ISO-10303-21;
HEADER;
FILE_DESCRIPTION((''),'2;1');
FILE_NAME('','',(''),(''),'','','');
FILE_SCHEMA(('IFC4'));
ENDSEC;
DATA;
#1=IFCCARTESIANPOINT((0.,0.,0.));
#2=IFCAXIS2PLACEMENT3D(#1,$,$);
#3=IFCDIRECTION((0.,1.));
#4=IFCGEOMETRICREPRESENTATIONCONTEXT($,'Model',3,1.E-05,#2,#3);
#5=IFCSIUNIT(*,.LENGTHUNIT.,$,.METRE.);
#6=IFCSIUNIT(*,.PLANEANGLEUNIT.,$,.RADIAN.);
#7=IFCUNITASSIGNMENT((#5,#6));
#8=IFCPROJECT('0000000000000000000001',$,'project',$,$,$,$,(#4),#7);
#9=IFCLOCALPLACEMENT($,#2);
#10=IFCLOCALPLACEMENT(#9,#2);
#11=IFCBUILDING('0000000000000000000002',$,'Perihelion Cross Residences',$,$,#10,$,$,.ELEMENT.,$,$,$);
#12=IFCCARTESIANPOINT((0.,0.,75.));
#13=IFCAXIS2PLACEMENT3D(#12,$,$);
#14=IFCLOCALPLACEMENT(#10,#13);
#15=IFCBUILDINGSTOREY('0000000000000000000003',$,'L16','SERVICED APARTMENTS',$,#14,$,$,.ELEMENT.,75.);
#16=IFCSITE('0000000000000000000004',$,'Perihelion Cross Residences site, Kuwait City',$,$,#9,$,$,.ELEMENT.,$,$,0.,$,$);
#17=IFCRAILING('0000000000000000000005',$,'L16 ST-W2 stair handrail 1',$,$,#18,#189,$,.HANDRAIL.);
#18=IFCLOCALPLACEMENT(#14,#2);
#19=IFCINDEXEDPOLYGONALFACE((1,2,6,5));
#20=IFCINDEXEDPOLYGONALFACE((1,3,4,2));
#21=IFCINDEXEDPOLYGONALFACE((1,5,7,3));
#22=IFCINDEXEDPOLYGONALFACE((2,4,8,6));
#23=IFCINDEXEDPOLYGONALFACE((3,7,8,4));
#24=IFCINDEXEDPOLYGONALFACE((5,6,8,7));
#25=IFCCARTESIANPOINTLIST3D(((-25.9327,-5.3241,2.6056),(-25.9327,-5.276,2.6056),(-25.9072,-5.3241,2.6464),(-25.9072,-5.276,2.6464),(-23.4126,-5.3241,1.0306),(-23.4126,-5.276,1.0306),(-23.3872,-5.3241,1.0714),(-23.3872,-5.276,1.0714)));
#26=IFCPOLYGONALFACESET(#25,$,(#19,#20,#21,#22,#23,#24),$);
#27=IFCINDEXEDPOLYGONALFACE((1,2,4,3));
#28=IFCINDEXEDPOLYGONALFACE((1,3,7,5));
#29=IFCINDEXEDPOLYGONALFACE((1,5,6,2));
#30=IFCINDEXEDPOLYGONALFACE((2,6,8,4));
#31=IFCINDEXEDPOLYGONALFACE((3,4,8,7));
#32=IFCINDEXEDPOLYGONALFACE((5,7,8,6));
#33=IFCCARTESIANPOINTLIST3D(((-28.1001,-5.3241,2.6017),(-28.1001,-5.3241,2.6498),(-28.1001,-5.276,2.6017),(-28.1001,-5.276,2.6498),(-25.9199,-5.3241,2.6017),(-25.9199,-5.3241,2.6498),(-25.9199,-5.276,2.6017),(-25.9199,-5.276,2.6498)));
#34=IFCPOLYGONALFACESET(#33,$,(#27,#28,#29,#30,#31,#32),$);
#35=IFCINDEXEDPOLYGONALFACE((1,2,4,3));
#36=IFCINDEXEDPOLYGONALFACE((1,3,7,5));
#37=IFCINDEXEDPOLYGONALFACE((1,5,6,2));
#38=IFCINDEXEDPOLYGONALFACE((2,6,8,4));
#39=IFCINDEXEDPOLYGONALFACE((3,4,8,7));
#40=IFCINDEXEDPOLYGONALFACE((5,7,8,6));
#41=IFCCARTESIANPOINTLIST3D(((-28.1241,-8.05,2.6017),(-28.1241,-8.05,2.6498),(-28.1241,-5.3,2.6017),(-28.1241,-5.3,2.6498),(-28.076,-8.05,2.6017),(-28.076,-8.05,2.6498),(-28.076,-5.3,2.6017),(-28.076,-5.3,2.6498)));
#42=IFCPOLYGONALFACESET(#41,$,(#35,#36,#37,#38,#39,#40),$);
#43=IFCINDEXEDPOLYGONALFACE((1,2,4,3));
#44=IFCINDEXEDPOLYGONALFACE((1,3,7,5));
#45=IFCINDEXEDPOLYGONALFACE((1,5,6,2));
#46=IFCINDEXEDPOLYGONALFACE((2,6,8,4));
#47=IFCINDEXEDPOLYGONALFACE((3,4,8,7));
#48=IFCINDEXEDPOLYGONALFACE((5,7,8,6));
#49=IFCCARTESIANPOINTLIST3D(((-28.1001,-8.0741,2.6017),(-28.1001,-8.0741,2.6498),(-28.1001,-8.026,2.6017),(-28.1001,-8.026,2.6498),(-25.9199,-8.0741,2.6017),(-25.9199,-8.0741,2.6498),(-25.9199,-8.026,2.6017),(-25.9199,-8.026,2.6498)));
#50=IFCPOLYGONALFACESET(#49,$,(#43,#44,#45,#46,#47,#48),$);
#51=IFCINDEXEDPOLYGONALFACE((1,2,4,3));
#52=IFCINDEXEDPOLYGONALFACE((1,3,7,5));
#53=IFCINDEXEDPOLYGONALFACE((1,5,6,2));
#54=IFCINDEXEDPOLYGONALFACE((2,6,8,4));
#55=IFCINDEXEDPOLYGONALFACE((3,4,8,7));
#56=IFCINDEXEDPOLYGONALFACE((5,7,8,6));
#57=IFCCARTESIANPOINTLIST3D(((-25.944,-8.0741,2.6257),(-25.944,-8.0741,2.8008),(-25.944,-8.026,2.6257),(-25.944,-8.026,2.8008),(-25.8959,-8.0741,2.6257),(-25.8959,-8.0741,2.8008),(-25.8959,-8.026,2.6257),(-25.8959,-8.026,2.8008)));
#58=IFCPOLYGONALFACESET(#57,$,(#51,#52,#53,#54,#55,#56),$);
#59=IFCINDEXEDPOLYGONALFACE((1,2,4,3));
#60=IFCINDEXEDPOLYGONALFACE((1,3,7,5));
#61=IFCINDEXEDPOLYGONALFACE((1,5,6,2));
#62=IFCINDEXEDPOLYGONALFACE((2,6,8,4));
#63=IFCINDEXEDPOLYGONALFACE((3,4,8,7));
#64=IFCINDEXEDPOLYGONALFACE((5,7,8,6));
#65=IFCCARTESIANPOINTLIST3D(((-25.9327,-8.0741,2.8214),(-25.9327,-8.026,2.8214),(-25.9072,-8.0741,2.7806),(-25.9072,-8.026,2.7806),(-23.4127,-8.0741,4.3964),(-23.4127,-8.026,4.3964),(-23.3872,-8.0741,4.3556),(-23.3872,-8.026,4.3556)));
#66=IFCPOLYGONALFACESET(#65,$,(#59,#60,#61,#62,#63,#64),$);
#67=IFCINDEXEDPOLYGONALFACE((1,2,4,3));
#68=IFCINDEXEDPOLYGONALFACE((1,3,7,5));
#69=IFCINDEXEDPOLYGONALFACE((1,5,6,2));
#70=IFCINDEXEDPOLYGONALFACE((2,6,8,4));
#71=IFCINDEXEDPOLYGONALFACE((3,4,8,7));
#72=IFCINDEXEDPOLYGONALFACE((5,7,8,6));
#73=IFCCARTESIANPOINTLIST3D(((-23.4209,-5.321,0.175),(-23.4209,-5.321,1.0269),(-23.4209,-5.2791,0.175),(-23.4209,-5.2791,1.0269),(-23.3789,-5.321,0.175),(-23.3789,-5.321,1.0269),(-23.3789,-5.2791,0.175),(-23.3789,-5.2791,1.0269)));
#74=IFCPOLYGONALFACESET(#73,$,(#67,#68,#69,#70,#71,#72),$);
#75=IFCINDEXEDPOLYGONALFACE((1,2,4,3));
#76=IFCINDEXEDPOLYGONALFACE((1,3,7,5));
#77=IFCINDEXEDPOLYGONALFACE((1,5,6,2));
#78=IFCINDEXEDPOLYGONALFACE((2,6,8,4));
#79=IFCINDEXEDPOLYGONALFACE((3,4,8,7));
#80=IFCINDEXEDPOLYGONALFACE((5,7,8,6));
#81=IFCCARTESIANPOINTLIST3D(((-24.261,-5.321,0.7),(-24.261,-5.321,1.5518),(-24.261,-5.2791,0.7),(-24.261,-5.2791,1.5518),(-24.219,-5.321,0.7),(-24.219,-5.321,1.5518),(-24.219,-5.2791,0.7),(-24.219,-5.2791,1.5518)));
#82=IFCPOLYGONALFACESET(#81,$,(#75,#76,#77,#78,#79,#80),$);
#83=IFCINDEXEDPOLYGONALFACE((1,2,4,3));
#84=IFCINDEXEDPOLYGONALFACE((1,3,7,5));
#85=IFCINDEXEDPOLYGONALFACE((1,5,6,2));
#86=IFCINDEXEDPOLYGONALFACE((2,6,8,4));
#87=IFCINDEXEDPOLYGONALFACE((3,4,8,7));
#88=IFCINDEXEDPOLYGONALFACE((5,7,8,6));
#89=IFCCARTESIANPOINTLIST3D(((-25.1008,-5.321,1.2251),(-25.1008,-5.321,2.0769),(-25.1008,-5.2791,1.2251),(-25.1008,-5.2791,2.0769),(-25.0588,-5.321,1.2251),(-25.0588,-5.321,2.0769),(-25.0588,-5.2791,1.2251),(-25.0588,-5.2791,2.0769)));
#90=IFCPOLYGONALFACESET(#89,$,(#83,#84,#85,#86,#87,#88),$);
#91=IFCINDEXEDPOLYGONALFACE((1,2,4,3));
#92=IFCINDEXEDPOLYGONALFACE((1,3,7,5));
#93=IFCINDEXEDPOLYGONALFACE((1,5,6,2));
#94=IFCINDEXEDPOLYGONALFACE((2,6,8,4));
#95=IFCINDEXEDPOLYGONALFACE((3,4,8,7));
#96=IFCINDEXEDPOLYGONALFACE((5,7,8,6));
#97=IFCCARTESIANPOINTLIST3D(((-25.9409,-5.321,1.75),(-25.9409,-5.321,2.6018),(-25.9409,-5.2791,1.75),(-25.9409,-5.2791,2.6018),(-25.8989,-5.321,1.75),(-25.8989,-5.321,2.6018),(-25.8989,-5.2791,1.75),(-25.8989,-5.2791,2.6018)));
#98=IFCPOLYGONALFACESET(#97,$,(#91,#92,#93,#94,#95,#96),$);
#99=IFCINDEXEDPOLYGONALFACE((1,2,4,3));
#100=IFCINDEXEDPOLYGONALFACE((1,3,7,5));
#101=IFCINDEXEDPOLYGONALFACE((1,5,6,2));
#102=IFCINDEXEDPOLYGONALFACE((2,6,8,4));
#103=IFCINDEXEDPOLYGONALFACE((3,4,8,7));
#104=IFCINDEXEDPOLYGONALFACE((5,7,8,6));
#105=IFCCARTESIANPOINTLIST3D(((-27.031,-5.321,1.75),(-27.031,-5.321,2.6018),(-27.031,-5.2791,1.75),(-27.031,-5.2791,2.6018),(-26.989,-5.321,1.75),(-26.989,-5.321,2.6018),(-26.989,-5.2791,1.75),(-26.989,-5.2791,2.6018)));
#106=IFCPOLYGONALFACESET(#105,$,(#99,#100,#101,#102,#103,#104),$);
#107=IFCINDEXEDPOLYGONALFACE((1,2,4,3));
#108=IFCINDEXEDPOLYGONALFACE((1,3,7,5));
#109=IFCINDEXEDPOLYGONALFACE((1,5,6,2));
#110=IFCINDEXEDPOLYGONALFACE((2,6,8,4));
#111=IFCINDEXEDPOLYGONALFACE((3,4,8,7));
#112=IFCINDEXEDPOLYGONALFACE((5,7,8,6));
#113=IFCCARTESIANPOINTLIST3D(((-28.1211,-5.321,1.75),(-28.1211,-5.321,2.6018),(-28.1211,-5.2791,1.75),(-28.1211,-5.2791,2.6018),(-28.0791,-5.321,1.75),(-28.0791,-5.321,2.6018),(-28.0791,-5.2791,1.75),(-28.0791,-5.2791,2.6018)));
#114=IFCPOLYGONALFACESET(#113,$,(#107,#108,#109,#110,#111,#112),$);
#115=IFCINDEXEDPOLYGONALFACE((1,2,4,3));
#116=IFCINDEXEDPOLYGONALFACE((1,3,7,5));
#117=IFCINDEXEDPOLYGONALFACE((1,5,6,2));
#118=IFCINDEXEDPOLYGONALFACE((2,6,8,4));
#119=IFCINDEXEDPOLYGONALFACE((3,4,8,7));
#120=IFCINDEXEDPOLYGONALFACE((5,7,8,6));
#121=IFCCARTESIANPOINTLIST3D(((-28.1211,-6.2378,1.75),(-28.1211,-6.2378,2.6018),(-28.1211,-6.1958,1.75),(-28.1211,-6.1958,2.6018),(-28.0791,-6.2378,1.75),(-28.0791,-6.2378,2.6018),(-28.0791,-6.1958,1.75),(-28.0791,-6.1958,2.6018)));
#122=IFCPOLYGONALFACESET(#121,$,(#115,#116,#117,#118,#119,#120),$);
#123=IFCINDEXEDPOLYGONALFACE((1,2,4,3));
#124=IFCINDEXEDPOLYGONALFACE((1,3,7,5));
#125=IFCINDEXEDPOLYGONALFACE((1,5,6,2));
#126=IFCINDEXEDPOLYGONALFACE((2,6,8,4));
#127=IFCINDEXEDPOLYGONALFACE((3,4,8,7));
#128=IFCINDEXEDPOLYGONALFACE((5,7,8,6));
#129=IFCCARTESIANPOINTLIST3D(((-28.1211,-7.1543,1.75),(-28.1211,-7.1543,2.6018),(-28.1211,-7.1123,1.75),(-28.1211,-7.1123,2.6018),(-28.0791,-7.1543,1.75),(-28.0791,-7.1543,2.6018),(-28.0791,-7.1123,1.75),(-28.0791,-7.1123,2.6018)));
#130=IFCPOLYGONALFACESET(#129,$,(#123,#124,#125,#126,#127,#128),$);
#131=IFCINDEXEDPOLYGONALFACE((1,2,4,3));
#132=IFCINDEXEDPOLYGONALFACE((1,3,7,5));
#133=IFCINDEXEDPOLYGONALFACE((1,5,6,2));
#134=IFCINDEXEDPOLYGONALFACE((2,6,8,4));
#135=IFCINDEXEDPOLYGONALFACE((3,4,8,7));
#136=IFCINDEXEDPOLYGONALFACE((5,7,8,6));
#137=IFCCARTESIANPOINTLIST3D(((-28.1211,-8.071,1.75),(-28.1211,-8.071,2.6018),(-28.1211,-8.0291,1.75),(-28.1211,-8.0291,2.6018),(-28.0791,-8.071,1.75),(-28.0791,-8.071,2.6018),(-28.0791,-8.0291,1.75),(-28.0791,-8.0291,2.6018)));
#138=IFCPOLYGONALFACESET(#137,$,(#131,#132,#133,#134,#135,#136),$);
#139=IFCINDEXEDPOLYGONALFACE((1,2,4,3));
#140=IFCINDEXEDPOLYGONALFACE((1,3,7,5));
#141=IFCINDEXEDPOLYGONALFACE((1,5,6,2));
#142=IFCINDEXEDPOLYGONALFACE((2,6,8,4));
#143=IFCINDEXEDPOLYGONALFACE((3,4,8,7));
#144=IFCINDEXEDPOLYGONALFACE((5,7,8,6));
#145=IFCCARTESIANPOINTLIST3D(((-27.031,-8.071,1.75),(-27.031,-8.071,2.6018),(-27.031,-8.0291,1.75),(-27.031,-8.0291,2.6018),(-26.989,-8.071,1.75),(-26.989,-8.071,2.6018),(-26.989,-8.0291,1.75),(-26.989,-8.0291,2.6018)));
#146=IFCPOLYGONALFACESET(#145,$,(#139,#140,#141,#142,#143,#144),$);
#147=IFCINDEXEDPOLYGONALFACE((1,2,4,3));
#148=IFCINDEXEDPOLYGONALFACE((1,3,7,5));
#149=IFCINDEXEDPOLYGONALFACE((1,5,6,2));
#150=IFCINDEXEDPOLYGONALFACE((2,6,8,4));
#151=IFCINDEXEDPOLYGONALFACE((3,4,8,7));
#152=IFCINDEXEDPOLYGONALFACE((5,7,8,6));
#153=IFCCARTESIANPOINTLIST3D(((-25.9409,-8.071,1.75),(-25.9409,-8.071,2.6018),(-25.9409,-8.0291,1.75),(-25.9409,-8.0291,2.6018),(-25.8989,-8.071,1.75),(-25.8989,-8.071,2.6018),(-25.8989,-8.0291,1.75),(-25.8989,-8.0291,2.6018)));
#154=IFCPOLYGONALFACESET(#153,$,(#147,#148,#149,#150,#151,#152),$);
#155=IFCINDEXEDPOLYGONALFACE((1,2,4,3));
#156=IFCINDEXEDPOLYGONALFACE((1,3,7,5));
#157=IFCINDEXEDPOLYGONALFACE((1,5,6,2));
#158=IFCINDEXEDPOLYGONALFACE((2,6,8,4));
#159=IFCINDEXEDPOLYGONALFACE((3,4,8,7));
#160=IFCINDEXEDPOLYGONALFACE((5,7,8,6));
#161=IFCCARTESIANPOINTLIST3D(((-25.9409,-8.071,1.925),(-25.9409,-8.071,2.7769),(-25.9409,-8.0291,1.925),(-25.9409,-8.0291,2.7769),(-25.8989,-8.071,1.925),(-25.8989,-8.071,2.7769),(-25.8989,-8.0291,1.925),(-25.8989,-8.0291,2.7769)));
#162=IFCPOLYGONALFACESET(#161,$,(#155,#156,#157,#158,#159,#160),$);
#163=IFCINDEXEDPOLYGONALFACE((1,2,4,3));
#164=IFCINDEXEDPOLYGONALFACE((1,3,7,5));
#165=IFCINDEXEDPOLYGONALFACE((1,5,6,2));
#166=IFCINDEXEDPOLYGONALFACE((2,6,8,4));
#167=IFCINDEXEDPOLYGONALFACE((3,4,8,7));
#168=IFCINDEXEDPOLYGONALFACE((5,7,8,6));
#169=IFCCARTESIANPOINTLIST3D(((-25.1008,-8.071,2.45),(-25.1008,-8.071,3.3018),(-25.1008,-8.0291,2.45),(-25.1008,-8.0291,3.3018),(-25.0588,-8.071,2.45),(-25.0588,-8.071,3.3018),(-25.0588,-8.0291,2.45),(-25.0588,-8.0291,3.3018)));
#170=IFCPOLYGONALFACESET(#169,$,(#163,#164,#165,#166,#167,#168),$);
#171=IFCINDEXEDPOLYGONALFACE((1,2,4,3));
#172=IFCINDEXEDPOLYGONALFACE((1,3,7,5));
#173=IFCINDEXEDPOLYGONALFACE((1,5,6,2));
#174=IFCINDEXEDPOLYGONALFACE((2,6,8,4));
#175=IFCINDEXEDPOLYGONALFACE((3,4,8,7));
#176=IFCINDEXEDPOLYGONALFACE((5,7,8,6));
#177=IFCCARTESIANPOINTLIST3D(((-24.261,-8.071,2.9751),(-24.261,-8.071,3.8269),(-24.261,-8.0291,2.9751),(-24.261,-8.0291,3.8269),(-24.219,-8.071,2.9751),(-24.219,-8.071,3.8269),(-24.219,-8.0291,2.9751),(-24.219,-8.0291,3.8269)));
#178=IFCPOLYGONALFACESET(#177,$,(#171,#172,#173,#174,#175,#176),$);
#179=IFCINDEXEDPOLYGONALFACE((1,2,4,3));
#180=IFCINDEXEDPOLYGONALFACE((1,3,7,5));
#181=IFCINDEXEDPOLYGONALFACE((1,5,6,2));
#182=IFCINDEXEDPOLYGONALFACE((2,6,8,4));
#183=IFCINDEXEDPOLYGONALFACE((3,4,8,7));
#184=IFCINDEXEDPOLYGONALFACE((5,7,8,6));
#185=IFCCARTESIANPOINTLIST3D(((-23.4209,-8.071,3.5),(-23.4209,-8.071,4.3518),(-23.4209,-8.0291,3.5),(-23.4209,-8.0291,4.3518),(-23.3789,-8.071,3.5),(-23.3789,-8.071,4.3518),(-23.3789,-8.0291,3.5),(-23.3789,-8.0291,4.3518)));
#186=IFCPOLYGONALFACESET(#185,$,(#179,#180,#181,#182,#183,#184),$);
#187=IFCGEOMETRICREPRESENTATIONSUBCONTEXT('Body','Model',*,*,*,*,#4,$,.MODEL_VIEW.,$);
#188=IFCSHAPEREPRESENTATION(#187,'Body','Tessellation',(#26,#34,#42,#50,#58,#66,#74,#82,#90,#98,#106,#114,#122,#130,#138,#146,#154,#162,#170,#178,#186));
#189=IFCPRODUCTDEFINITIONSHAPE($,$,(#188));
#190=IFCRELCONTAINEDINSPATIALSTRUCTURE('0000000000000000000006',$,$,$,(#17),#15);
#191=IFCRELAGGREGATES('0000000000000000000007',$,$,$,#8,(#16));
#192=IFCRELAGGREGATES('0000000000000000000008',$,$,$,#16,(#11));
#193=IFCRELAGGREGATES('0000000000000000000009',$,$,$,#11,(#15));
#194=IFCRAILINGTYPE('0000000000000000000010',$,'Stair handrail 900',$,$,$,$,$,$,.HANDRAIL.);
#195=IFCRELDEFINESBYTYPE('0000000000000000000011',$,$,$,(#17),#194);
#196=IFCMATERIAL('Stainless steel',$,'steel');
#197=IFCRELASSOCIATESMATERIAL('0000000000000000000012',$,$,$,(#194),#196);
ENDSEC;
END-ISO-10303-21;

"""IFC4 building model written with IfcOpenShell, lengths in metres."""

from ifc_helpers import new_model, si_unit, direction, frame, origin, origin_2d, place, context, subcontext, project, spatial, rectangle, extrude, material, type_object, element, save


model = new_model("IFC4")

# Units and contexts
model_context = context("Model", 3, precision=1e-05, world=origin(), true_north=direction((0.0, 1.0)))
body_context = subcontext(model_context, "Body", "Model", "MODEL_VIEW")
ifc_project = project(units=[si_unit("LENGTHUNIT", "METRE"), si_unit("PLANEANGLEUNIT", "RADIAN")], contexts=[model_context])

# Site, building, storey
site_placement = place(None, origin())
site = spatial("IfcSite", under=ifc_project, at=site_placement, Name="Perihelion Cross Residences site, Kuwait City", CompositionType="ELEMENT", RefElevation=0.0)
building_placement = place(site_placement, origin())
building = spatial("IfcBuilding", under=site, at=building_placement, Name="Perihelion Cross Residences", CompositionType="ELEMENT")
storey_placement = place(building_placement, frame((0.0, 0.0, 75.0)))
storey = spatial("IfcBuildingStorey", under=building, at=storey_placement, Name="L16", Description="SERVICED APARTMENTS", CompositionType="ELEMENT", Elevation=75.0)

# Railing
ifc_material_1 = material(Name="Stainless steel", Category="steel")
railing_type_1 = type_object("IfcRailingType", Name="Stair handrail 900", PredefinedType="HANDRAIL", material=ifc_material_1)
railing_1_placement = place(storey_placement, frame((-23.3999, -5.3, 0.175)))
element("IfcRailing", 1, at=railing_1_placement, inside=storey, type_object=railing_type_1, Name="L16 ST-W2 stair handrail 1", PredefinedType="HANDRAIL", context=body_context, shape_type="SweptSolid", body=[
    extrude(rectangle(XDim=0.0481, YDim=0.0481, at=origin_2d()), frame((0.0, 0.0, 0.876), z_axis=(-0.848008, 0.0, 0.529984), x_axis=(0.0, -1.0, 0.0)), (0.0, 0.0, 1.0), 2.9717),
    extrude(rectangle(XDim=0.0481, YDim=0.0481, at=origin_2d()), frame((-2.52, 0.0, 2.4507), z_axis=(-1.0, 0.0, 0.0), x_axis=(0.0, -1.0, 0.0)), (0.0, 0.0, 1.0), 2.1802),
    extrude(rectangle(XDim=0.0481, YDim=0.0481, at=origin_2d()), frame((-4.7002, 0.0, 2.4507), z_axis=(0.0, -1.0, 0.0), x_axis=(1.0, 0.0, 0.0)), (0.0, 0.0, 1.0), 2.75),
    extrude(rectangle(XDim=0.0481, YDim=0.0481, at=origin_2d()), frame((-4.7002, -2.75, 2.4507), z_axis=(1.0, 0.0, 0.0), x_axis=(0.0, 1.0, 0.0)), (0.0, 0.0, 1.0), 2.1802),
    extrude(rectangle(XDim=0.0481, YDim=0.0481, at=origin_2d()), frame((-2.52, -2.75, 2.4507), z_axis=(0.0, 0.0, 1.0), x_axis=(1.0, 0.0, 0.0)), (0.0, 0.0, 1.0), 0.175),
    extrude(rectangle(XDim=0.0481, YDim=0.0481, at=origin_2d()), frame((-2.52, -2.75, 2.626), z_axis=(0.848008, 0.0, 0.529984), x_axis=(0.0, 1.0, 0.0)), (0.0, 0.0, 1.0), 2.9717),
    extrude(rectangle(XDim=0.042, YDim=0.042, at=origin_2d()), origin(), (0.0, 0.0, 1.0), 0.8518),
    extrude(rectangle(XDim=0.042, YDim=0.042, at=origin_2d()), frame((-0.8401, 0.0, 0.5249)), (0.0, 0.0, 1.0), 0.8518),
    extrude(rectangle(XDim=0.042, YDim=0.042, at=origin_2d()), frame((-1.6799, 0.0, 1.05)), (0.0, 0.0, 1.0), 0.8518),
    extrude(rectangle(XDim=0.042, YDim=0.042, at=origin_2d()), frame((-2.52, 0.0, 1.575)), (0.0, 0.0, 1.0), 0.8518),
    extrude(rectangle(XDim=0.042, YDim=0.042, at=origin_2d()), frame((-3.6101, 0.0, 1.575)), (0.0, 0.0, 1.0), 0.8518),
    extrude(rectangle(XDim=0.042, YDim=0.042, at=origin_2d()), frame((-4.7002, 0.0, 1.575)), (0.0, 0.0, 1.0), 0.8518),
    extrude(rectangle(XDim=0.042, YDim=0.042, at=origin_2d()), frame((-4.7002, -0.9167, 1.575)), (0.0, 0.0, 1.0), 0.8518),
    extrude(rectangle(XDim=0.042, YDim=0.042, at=origin_2d()), frame((-4.7002, -1.8333, 1.575)), (0.0, 0.0, 1.0), 0.8518),
    extrude(rectangle(XDim=0.042, YDim=0.042, at=origin_2d()), frame((-4.7002, -2.75, 1.575)), (0.0, 0.0, 1.0), 0.8518),
    extrude(rectangle(XDim=0.042, YDim=0.042, at=origin_2d()), frame((-3.6101, -2.75, 1.575)), (0.0, 0.0, 1.0), 0.8518),
    extrude(rectangle(XDim=0.042, YDim=0.042, at=origin_2d()), frame((-2.52, -2.75, 1.575)), (0.0, 0.0, 1.0), 0.8518),
    extrude(rectangle(XDim=0.042, YDim=0.042, at=origin_2d()), frame((-2.52, -2.75, 1.75)), (0.0, 0.0, 1.0), 0.8518),
    extrude(rectangle(XDim=0.042, YDim=0.042, at=origin_2d()), frame((-1.6799, -2.75, 2.2749)), (0.0, 0.0, 1.0), 0.8518),
    extrude(rectangle(XDim=0.042, YDim=0.042, at=origin_2d()), frame((-0.8401, -2.75, 2.8)), (0.0, 0.0, 1.0), 0.8518),
    extrude(rectangle(XDim=0.042, YDim=0.042, at=origin_2d()), frame((0.0, -2.75, 3.325)), (0.0, 0.0, 1.0), 0.8518),
])

save(model, "model.ifc")
